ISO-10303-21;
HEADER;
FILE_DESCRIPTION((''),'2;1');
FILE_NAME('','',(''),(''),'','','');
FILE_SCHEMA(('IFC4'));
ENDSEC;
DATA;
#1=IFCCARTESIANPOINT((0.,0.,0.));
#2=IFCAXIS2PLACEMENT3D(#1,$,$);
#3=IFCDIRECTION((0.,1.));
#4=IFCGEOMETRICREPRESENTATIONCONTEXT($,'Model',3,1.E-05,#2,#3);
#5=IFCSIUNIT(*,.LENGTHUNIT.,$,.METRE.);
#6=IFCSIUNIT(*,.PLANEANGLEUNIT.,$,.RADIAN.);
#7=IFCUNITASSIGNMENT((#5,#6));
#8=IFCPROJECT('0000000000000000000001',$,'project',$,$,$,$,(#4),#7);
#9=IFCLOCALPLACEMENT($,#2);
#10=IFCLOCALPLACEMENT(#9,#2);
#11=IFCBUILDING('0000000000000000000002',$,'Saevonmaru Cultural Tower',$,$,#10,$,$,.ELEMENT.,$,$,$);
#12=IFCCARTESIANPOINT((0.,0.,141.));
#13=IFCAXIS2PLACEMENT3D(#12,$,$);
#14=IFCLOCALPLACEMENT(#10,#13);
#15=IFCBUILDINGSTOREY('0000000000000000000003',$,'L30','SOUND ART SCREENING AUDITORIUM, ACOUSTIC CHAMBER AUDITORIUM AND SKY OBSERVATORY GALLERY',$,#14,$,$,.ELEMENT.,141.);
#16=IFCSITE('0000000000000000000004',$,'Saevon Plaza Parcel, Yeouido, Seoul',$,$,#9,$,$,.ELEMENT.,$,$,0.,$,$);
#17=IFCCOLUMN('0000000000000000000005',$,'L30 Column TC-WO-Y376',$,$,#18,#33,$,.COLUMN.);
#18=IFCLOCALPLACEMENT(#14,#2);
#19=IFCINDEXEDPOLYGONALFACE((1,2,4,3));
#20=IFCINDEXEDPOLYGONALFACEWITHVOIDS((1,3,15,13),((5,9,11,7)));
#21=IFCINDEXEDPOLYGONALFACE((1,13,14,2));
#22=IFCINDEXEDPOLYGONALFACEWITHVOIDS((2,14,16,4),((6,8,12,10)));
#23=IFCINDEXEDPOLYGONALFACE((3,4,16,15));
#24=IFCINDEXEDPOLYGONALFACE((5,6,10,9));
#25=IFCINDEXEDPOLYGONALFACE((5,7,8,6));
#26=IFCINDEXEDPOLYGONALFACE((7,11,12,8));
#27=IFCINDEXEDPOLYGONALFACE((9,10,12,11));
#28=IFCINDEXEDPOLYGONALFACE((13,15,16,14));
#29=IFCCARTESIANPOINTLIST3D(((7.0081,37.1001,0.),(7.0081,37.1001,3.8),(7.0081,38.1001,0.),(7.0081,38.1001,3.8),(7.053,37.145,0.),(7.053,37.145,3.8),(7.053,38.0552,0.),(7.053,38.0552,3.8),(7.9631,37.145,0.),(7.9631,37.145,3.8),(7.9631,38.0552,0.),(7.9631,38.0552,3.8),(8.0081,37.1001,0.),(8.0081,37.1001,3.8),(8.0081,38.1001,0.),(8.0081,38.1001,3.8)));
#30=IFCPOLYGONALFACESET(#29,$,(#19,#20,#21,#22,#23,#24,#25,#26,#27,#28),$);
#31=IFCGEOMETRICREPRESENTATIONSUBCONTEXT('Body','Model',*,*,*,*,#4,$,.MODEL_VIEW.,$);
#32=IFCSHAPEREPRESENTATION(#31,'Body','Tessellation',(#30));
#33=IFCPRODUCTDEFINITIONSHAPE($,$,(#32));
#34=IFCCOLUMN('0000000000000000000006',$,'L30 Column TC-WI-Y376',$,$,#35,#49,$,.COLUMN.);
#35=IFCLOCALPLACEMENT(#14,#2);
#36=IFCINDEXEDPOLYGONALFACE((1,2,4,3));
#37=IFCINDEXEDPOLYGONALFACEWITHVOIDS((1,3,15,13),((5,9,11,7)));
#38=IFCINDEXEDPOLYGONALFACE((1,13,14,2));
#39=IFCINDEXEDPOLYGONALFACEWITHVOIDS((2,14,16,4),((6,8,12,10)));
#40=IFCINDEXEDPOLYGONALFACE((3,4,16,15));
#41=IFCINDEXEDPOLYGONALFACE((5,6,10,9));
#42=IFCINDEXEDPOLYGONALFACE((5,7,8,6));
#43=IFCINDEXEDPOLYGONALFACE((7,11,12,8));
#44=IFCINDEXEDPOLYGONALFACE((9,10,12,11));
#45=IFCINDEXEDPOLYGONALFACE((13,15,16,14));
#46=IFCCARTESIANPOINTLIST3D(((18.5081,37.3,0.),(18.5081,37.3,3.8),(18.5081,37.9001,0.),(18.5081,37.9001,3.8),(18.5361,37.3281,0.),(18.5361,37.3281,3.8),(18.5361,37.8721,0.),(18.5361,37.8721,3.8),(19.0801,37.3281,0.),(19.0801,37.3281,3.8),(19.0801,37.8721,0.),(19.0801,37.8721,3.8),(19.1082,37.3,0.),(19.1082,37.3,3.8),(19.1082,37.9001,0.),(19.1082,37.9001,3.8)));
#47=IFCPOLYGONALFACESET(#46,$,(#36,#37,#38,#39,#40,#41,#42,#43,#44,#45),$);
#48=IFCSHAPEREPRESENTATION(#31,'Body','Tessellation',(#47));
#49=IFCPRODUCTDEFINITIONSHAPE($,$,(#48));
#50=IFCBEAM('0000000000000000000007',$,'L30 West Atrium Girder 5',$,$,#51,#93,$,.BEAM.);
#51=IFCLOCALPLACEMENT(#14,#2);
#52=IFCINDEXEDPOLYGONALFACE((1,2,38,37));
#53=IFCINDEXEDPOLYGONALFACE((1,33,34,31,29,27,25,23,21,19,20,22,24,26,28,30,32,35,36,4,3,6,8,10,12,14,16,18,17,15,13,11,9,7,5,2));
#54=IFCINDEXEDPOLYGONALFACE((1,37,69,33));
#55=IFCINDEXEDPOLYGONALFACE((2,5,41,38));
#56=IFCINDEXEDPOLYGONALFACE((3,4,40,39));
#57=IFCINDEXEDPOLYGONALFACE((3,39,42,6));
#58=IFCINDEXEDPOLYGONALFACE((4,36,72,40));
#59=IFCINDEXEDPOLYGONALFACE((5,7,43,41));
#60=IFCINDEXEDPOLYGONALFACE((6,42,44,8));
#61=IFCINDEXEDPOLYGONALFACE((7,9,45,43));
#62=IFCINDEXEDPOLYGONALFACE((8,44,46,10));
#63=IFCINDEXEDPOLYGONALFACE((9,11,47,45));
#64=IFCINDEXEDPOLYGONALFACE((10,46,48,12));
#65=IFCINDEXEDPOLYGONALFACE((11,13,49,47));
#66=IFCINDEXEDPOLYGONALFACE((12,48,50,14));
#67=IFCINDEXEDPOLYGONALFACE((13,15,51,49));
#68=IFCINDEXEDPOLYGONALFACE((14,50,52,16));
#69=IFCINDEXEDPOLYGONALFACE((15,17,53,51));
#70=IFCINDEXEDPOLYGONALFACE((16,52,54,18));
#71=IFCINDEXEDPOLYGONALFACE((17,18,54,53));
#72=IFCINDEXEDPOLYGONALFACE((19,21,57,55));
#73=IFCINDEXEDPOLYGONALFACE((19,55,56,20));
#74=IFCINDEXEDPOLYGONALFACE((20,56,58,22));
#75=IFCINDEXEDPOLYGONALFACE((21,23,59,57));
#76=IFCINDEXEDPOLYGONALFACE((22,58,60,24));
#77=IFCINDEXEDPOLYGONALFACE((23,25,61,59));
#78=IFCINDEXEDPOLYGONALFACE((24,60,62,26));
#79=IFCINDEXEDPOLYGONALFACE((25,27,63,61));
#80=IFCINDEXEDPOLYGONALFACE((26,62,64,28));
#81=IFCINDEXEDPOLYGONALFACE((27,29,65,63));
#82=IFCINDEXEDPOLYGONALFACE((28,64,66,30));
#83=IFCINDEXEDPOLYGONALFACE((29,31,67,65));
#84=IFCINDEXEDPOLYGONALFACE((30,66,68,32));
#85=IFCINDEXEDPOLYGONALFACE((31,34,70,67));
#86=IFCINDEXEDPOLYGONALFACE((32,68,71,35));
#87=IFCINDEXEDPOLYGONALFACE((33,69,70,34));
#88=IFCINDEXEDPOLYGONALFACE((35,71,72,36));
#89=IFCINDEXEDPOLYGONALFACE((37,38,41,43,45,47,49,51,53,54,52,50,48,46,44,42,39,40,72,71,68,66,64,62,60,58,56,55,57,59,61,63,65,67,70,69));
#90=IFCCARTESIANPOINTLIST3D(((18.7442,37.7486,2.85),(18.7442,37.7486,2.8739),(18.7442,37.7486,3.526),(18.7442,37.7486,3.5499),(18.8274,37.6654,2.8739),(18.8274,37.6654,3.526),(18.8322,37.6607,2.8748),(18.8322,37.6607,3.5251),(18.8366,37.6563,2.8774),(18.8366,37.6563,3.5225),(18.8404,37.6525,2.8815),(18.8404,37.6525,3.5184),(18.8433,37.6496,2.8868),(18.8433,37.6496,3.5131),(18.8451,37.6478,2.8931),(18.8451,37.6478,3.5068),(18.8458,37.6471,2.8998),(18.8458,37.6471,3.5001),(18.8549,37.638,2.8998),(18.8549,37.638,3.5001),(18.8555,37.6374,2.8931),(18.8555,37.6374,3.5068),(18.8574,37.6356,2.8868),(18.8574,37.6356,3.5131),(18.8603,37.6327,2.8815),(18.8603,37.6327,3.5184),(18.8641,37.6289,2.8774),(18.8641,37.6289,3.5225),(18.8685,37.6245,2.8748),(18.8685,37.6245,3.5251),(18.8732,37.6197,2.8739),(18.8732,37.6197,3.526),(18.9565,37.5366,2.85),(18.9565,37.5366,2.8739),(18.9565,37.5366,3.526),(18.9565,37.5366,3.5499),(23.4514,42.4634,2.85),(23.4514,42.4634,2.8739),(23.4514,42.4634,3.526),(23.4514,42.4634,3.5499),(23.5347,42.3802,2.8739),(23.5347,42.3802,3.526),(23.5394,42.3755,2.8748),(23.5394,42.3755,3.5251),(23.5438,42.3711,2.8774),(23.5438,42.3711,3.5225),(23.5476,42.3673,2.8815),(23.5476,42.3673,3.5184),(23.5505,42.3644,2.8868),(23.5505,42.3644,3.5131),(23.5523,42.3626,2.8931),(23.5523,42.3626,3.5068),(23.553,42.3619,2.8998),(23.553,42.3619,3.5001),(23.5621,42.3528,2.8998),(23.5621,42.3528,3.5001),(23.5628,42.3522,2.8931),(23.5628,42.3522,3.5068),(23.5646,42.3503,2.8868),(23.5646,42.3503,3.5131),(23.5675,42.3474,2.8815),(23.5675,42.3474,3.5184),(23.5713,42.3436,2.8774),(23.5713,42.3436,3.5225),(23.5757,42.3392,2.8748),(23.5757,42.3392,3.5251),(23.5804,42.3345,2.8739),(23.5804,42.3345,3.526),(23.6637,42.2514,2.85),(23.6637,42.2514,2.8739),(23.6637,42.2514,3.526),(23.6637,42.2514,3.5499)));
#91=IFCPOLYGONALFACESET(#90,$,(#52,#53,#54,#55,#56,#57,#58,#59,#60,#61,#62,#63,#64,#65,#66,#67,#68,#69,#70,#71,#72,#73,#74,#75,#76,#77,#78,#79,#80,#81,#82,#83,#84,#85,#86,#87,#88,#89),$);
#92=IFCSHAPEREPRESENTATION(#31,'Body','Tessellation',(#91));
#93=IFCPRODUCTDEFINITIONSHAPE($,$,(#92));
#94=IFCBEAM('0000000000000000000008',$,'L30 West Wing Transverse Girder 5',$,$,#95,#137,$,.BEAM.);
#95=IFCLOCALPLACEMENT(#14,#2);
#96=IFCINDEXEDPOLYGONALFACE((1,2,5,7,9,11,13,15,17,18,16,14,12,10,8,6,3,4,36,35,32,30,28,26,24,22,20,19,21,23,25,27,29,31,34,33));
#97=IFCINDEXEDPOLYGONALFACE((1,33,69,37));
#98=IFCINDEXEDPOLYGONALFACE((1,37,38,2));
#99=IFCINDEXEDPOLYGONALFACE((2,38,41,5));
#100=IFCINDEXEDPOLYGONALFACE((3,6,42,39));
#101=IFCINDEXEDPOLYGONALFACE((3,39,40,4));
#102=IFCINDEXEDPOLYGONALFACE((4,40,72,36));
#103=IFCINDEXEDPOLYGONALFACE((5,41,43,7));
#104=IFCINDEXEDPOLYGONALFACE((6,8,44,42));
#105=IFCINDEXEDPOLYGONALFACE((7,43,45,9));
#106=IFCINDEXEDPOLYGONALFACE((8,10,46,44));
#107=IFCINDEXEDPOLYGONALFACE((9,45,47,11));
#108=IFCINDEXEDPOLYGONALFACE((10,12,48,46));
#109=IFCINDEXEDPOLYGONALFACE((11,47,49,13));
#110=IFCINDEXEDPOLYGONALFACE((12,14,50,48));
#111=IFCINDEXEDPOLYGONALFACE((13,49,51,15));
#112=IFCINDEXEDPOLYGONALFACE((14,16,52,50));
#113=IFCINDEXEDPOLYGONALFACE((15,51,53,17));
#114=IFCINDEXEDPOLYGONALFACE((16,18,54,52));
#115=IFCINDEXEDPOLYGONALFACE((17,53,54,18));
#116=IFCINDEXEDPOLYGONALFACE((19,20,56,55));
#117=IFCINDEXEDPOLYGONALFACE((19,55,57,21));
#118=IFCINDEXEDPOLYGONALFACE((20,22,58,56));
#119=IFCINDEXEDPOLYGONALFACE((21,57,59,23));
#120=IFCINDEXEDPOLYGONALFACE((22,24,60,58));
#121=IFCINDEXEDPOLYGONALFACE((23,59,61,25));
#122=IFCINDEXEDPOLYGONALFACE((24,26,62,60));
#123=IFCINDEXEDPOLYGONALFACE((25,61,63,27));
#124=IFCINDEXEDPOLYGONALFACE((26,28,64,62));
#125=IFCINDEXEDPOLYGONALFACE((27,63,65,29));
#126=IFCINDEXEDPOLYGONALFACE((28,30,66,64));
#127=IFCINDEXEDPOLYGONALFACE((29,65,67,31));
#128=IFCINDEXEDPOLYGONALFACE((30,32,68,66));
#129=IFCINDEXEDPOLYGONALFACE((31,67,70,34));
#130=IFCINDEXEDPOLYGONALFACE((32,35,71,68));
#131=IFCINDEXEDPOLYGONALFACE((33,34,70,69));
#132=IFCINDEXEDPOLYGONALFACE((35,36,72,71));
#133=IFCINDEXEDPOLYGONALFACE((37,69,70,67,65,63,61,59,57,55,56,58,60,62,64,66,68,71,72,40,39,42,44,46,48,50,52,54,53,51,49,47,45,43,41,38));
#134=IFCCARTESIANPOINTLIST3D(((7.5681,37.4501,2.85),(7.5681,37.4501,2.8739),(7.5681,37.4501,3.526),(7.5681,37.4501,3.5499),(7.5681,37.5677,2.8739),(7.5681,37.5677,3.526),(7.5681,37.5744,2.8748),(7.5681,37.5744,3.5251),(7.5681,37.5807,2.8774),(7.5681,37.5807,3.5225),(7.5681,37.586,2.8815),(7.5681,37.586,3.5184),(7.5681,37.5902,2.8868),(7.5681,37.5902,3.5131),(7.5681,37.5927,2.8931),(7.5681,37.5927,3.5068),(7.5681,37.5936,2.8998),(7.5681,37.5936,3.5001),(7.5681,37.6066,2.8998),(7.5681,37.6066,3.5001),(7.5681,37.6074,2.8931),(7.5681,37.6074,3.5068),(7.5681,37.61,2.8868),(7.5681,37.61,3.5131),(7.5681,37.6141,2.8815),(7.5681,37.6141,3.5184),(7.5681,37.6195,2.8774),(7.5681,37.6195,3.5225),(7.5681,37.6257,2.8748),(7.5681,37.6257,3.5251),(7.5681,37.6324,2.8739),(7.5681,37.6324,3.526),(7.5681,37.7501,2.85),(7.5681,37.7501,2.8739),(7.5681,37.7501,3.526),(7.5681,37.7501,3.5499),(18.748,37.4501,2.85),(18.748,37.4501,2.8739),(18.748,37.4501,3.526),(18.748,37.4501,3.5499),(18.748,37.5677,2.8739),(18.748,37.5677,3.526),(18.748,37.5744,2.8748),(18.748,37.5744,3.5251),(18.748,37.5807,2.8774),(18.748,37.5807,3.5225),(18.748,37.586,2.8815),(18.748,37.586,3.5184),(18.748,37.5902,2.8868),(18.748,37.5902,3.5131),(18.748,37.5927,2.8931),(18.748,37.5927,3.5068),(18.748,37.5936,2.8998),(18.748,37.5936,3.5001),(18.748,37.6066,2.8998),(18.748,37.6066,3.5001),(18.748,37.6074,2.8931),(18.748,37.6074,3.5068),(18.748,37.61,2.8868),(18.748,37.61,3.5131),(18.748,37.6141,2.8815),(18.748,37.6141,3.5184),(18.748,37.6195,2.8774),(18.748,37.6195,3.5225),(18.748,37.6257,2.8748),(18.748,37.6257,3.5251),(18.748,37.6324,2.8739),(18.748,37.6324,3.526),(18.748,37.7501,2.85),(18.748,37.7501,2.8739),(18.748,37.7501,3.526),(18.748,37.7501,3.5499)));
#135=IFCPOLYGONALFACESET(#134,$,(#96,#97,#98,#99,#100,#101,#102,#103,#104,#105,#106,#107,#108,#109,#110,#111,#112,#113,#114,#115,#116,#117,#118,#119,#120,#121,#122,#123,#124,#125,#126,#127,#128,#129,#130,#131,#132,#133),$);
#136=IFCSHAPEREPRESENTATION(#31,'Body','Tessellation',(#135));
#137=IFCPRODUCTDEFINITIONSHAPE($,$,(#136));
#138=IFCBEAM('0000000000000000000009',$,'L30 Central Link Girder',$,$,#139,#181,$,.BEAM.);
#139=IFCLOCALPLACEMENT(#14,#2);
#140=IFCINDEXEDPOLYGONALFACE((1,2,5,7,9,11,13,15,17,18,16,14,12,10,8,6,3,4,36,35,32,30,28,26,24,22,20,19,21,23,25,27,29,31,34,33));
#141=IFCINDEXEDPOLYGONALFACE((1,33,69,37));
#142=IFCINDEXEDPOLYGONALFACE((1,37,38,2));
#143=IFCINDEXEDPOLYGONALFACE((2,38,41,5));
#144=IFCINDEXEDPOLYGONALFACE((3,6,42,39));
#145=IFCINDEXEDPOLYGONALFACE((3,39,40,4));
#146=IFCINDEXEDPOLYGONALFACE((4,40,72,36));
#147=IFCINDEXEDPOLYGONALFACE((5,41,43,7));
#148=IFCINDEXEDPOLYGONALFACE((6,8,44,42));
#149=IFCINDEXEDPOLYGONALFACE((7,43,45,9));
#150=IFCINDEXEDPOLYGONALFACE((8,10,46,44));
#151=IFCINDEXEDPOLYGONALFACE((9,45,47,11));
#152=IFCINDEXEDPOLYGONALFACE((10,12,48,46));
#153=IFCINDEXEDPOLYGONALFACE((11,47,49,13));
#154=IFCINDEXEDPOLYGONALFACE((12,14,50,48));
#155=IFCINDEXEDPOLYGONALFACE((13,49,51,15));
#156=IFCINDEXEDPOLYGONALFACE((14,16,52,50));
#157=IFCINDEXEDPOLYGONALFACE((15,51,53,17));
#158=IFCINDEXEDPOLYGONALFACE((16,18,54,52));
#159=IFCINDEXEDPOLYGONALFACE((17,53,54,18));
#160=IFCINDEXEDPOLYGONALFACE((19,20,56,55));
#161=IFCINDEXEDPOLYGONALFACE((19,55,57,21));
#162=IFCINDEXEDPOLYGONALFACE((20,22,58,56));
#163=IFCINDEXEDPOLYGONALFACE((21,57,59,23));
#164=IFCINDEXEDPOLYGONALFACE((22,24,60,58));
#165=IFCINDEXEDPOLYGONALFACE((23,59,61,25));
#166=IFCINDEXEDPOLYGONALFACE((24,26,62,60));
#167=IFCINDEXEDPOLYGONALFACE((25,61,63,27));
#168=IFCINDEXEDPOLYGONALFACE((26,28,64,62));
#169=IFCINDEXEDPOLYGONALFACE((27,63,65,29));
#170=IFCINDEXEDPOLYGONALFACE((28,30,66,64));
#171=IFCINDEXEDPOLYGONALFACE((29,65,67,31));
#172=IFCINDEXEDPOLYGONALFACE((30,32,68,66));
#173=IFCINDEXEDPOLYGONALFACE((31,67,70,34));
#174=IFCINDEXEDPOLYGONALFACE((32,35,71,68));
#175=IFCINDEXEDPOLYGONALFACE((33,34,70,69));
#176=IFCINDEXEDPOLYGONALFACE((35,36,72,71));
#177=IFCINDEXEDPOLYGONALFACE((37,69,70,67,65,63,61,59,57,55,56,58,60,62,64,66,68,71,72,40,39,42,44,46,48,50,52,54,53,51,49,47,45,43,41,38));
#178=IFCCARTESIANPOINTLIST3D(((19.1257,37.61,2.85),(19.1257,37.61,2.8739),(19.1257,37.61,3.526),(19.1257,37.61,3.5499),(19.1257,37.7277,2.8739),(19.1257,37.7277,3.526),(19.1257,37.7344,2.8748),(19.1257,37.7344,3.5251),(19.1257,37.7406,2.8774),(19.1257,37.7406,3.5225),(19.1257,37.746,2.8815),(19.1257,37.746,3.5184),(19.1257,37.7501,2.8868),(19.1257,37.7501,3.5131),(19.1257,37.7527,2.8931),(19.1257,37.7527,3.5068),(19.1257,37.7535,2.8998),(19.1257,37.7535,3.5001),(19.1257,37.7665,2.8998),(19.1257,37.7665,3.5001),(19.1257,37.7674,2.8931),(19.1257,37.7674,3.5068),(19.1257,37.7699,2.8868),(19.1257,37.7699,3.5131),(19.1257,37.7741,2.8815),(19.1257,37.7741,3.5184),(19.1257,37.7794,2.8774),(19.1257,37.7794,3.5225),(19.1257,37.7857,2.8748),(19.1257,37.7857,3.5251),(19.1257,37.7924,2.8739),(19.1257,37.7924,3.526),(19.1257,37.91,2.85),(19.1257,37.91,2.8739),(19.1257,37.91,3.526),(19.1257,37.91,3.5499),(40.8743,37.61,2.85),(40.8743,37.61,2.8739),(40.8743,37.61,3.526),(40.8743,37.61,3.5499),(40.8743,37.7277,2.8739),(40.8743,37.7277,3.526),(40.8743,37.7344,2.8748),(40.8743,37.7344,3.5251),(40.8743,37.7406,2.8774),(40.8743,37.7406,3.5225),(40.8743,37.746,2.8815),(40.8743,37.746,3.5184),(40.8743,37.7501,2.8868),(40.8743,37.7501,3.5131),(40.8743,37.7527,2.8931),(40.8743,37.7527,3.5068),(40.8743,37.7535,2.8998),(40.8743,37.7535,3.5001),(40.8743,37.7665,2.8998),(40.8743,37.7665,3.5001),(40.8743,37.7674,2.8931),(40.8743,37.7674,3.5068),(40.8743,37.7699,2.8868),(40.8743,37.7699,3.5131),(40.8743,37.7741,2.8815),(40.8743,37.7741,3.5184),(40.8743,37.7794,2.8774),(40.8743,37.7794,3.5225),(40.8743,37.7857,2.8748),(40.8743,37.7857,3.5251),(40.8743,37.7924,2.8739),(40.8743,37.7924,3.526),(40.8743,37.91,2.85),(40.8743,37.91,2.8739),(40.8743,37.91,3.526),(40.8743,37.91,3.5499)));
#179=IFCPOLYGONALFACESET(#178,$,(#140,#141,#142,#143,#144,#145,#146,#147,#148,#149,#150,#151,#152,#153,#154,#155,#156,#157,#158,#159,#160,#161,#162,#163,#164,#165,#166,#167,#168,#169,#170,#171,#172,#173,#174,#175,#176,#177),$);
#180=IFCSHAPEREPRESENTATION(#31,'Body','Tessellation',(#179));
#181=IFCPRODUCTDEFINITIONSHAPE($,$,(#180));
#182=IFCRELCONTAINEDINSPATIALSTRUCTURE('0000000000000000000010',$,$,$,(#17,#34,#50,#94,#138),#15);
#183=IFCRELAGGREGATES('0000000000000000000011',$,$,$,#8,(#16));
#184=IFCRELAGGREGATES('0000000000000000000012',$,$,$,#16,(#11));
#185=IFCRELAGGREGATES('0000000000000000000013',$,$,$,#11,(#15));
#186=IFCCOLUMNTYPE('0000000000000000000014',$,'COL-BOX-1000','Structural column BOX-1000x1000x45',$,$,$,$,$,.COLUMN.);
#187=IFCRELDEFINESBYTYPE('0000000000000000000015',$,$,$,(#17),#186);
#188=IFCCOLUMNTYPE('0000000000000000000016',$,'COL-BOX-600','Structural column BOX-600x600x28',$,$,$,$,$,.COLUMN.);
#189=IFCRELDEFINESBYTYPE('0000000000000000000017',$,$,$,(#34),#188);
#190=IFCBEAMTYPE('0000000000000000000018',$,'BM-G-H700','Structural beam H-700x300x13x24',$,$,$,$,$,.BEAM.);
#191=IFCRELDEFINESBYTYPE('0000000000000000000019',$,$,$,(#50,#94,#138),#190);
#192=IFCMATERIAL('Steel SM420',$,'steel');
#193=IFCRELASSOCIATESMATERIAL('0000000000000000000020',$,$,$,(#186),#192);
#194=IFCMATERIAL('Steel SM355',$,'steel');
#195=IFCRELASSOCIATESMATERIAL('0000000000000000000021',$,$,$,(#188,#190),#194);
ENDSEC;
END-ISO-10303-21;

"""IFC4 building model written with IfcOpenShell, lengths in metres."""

from ifc_helpers import new_model, si_unit, direction, frame, origin, origin_2d, place, context, subcontext, project, spatial, hollow_rectangle, i_section, extrude, material, material_profile, profile_set, type_object, element, save


model = new_model("IFC4")

# Units and contexts
model_context = context("Model", 3, precision=1e-05, world=origin(), true_north=direction((0.0, 1.0)))
body_context = subcontext(model_context, "Body", "Model", "MODEL_VIEW")
ifc_project = project(units=[si_unit("LENGTHUNIT", "METRE"), si_unit("PLANEANGLEUNIT", "RADIAN")], contexts=[model_context])

# Site, building, storey
site_placement = place(None, origin())
site = spatial("IfcSite", under=ifc_project, at=site_placement, Name="Saevon Plaza Parcel, Yeouido, Seoul", CompositionType="ELEMENT", RefElevation=0.0)
building_placement = place(site_placement, origin())
building = spatial("IfcBuilding", under=site, at=building_placement, Name="Saevonmaru Cultural Tower", CompositionType="ELEMENT")
storey_placement = place(building_placement, frame((0.0, 0.0, 141.0)))
storey = spatial("IfcBuildingStorey", under=building, at=storey_placement, Name="L30", Description="SOUND ART SCREENING AUDITORIUM, ACOUSTIC CHAMBER AUDITORIUM AND SKY OBSERVATORY GALLERY", CompositionType="ELEMENT", Elevation=141.0)

# Columns
ifc_material_1 = material(Name="Steel SM420", Category="steel")
ifc_material_profile_1 = material_profile(ifc_material_1, hollow_rectangle(XDim=1.0, YDim=1.0, WallThickness=0.0449, at=origin_2d()), Name="BOX-1000x1000x45")
ifc_profile_set_1 = profile_set([ifc_material_profile_1], Name="Steel SM420")
column_type_1 = type_object("IfcColumnType", Name="COL-BOX-1000", Description="Structural column BOX-1000x1000x45", PredefinedType="COLUMN", material=ifc_profile_set_1)
column_1_placement = place(storey_placement, frame((7.5081, 37.6001, 0.0), z_axis=(0.0, 0.0, 1.0), x_axis=(1.0, 0.0, 0.0)))
element("IfcColumn", 1, at=column_1_placement, inside=storey, type_object=column_type_1, Name="L30 Column TC-WO-Y376", PredefinedType="COLUMN", context=body_context, shape_type="SweptSolid", body=[
    extrude(hollow_rectangle(XDim=1.0, YDim=1.0, WallThickness=0.0449, at=origin_2d()), origin(), (0.0, 0.0, 1.0), 3.8),
])
ifc_material_2 = material(Name="Steel SM355", Category="steel")
ifc_material_profile_2 = material_profile(ifc_material_2, hollow_rectangle(XDim=0.6001, YDim=0.6001, WallThickness=0.0281, at=origin_2d()), Name="BOX-600x600x28")
ifc_profile_set_2 = profile_set([ifc_material_profile_2], Name="Steel SM355")
column_type_2 = type_object("IfcColumnType", Name="COL-BOX-600", Description="Structural column BOX-600x600x28", PredefinedType="COLUMN", material=ifc_profile_set_2)
column_2_placement = place(storey_placement, frame((18.8081, 37.6001, 0.0), z_axis=(0.0, 0.0, 1.0), x_axis=(1.0, 0.0, 0.0)))
element("IfcColumn", 2, at=column_2_placement, inside=storey, type_object=column_type_2, Name="L30 Column TC-WI-Y376", PredefinedType="COLUMN", context=body_context, shape_type="SweptSolid", body=[
    extrude(hollow_rectangle(XDim=0.6001, YDim=0.6001, WallThickness=0.0281, at=origin_2d()), origin(), (0.0, 0.0, 1.0), 3.8),
])

# Beams
ifc_material_profile_3 = material_profile(ifc_material_2, i_section(OverallWidth=0.3, OverallDepth=0.7, WebThickness=0.0129, FlangeThickness=0.0239, FilletRadius=0.0259, at=origin_2d()), Name="H-700x300x13x24")
ifc_profile_set_3 = profile_set([ifc_material_profile_3], Name="Steel SM355")
beam_type_1 = type_object("IfcBeamType", Name="BM-G-H700", Description="Structural beam H-700x300x13x24", PredefinedType="BEAM", material=ifc_profile_set_3)
beam_1_placement = place(storey_placement, frame((18.8503, 37.6426, 3.2), z_axis=(0.706539, 0.707675, 0.0), x_axis=(-0.707675, 0.706539, 0.0)))
element("IfcBeam", 3, at=beam_1_placement, inside=storey, type_object=beam_type_1, Name="L30 West Atrium Girder 5", PredefinedType="BEAM", context=body_context, shape_type="SweptSolid", body=[
    extrude(i_section(OverallWidth=0.3, OverallDepth=0.7, WebThickness=0.0129, FlangeThickness=0.0239, FilletRadius=0.0259, at=origin_2d()), origin(), (0.0, 0.0, 1.0), 6.6624),
])
beam_2_placement = place(storey_placement, frame((7.5681, 37.6001, 3.2), z_axis=(1.0, 0.0, 0.0), x_axis=(0.0, 1.0, 0.0)))
element("IfcBeam", 4, at=beam_2_placement, inside=storey, type_object=beam_type_1, Name="L30 West Wing Transverse Girder 5", PredefinedType="BEAM", context=body_context, shape_type="SweptSolid", body=[
    extrude(i_section(OverallWidth=0.3, OverallDepth=0.7, WebThickness=0.0129, FlangeThickness=0.0239, FilletRadius=0.0259, at=origin_2d()), origin(), (0.0, 0.0, 1.0), 11.1799),
])
beam_3_placement = place(storey_placement, frame((19.1257, 37.76, 3.2), z_axis=(1.0, 0.0, 0.0), x_axis=(0.0, 1.0, 0.0)))
element("IfcBeam", 5, at=beam_3_placement, inside=storey, type_object=beam_type_1, Name="L30 Central Link Girder", PredefinedType="BEAM", context=body_context, shape_type="SweptSolid", body=[
    extrude(i_section(OverallWidth=0.3, OverallDepth=0.7, WebThickness=0.0129, FlangeThickness=0.0239, FilletRadius=0.0259, at=origin_2d()), origin(), (0.0, 0.0, 1.0), 21.7485),
])

save(model, "model.ifc")
